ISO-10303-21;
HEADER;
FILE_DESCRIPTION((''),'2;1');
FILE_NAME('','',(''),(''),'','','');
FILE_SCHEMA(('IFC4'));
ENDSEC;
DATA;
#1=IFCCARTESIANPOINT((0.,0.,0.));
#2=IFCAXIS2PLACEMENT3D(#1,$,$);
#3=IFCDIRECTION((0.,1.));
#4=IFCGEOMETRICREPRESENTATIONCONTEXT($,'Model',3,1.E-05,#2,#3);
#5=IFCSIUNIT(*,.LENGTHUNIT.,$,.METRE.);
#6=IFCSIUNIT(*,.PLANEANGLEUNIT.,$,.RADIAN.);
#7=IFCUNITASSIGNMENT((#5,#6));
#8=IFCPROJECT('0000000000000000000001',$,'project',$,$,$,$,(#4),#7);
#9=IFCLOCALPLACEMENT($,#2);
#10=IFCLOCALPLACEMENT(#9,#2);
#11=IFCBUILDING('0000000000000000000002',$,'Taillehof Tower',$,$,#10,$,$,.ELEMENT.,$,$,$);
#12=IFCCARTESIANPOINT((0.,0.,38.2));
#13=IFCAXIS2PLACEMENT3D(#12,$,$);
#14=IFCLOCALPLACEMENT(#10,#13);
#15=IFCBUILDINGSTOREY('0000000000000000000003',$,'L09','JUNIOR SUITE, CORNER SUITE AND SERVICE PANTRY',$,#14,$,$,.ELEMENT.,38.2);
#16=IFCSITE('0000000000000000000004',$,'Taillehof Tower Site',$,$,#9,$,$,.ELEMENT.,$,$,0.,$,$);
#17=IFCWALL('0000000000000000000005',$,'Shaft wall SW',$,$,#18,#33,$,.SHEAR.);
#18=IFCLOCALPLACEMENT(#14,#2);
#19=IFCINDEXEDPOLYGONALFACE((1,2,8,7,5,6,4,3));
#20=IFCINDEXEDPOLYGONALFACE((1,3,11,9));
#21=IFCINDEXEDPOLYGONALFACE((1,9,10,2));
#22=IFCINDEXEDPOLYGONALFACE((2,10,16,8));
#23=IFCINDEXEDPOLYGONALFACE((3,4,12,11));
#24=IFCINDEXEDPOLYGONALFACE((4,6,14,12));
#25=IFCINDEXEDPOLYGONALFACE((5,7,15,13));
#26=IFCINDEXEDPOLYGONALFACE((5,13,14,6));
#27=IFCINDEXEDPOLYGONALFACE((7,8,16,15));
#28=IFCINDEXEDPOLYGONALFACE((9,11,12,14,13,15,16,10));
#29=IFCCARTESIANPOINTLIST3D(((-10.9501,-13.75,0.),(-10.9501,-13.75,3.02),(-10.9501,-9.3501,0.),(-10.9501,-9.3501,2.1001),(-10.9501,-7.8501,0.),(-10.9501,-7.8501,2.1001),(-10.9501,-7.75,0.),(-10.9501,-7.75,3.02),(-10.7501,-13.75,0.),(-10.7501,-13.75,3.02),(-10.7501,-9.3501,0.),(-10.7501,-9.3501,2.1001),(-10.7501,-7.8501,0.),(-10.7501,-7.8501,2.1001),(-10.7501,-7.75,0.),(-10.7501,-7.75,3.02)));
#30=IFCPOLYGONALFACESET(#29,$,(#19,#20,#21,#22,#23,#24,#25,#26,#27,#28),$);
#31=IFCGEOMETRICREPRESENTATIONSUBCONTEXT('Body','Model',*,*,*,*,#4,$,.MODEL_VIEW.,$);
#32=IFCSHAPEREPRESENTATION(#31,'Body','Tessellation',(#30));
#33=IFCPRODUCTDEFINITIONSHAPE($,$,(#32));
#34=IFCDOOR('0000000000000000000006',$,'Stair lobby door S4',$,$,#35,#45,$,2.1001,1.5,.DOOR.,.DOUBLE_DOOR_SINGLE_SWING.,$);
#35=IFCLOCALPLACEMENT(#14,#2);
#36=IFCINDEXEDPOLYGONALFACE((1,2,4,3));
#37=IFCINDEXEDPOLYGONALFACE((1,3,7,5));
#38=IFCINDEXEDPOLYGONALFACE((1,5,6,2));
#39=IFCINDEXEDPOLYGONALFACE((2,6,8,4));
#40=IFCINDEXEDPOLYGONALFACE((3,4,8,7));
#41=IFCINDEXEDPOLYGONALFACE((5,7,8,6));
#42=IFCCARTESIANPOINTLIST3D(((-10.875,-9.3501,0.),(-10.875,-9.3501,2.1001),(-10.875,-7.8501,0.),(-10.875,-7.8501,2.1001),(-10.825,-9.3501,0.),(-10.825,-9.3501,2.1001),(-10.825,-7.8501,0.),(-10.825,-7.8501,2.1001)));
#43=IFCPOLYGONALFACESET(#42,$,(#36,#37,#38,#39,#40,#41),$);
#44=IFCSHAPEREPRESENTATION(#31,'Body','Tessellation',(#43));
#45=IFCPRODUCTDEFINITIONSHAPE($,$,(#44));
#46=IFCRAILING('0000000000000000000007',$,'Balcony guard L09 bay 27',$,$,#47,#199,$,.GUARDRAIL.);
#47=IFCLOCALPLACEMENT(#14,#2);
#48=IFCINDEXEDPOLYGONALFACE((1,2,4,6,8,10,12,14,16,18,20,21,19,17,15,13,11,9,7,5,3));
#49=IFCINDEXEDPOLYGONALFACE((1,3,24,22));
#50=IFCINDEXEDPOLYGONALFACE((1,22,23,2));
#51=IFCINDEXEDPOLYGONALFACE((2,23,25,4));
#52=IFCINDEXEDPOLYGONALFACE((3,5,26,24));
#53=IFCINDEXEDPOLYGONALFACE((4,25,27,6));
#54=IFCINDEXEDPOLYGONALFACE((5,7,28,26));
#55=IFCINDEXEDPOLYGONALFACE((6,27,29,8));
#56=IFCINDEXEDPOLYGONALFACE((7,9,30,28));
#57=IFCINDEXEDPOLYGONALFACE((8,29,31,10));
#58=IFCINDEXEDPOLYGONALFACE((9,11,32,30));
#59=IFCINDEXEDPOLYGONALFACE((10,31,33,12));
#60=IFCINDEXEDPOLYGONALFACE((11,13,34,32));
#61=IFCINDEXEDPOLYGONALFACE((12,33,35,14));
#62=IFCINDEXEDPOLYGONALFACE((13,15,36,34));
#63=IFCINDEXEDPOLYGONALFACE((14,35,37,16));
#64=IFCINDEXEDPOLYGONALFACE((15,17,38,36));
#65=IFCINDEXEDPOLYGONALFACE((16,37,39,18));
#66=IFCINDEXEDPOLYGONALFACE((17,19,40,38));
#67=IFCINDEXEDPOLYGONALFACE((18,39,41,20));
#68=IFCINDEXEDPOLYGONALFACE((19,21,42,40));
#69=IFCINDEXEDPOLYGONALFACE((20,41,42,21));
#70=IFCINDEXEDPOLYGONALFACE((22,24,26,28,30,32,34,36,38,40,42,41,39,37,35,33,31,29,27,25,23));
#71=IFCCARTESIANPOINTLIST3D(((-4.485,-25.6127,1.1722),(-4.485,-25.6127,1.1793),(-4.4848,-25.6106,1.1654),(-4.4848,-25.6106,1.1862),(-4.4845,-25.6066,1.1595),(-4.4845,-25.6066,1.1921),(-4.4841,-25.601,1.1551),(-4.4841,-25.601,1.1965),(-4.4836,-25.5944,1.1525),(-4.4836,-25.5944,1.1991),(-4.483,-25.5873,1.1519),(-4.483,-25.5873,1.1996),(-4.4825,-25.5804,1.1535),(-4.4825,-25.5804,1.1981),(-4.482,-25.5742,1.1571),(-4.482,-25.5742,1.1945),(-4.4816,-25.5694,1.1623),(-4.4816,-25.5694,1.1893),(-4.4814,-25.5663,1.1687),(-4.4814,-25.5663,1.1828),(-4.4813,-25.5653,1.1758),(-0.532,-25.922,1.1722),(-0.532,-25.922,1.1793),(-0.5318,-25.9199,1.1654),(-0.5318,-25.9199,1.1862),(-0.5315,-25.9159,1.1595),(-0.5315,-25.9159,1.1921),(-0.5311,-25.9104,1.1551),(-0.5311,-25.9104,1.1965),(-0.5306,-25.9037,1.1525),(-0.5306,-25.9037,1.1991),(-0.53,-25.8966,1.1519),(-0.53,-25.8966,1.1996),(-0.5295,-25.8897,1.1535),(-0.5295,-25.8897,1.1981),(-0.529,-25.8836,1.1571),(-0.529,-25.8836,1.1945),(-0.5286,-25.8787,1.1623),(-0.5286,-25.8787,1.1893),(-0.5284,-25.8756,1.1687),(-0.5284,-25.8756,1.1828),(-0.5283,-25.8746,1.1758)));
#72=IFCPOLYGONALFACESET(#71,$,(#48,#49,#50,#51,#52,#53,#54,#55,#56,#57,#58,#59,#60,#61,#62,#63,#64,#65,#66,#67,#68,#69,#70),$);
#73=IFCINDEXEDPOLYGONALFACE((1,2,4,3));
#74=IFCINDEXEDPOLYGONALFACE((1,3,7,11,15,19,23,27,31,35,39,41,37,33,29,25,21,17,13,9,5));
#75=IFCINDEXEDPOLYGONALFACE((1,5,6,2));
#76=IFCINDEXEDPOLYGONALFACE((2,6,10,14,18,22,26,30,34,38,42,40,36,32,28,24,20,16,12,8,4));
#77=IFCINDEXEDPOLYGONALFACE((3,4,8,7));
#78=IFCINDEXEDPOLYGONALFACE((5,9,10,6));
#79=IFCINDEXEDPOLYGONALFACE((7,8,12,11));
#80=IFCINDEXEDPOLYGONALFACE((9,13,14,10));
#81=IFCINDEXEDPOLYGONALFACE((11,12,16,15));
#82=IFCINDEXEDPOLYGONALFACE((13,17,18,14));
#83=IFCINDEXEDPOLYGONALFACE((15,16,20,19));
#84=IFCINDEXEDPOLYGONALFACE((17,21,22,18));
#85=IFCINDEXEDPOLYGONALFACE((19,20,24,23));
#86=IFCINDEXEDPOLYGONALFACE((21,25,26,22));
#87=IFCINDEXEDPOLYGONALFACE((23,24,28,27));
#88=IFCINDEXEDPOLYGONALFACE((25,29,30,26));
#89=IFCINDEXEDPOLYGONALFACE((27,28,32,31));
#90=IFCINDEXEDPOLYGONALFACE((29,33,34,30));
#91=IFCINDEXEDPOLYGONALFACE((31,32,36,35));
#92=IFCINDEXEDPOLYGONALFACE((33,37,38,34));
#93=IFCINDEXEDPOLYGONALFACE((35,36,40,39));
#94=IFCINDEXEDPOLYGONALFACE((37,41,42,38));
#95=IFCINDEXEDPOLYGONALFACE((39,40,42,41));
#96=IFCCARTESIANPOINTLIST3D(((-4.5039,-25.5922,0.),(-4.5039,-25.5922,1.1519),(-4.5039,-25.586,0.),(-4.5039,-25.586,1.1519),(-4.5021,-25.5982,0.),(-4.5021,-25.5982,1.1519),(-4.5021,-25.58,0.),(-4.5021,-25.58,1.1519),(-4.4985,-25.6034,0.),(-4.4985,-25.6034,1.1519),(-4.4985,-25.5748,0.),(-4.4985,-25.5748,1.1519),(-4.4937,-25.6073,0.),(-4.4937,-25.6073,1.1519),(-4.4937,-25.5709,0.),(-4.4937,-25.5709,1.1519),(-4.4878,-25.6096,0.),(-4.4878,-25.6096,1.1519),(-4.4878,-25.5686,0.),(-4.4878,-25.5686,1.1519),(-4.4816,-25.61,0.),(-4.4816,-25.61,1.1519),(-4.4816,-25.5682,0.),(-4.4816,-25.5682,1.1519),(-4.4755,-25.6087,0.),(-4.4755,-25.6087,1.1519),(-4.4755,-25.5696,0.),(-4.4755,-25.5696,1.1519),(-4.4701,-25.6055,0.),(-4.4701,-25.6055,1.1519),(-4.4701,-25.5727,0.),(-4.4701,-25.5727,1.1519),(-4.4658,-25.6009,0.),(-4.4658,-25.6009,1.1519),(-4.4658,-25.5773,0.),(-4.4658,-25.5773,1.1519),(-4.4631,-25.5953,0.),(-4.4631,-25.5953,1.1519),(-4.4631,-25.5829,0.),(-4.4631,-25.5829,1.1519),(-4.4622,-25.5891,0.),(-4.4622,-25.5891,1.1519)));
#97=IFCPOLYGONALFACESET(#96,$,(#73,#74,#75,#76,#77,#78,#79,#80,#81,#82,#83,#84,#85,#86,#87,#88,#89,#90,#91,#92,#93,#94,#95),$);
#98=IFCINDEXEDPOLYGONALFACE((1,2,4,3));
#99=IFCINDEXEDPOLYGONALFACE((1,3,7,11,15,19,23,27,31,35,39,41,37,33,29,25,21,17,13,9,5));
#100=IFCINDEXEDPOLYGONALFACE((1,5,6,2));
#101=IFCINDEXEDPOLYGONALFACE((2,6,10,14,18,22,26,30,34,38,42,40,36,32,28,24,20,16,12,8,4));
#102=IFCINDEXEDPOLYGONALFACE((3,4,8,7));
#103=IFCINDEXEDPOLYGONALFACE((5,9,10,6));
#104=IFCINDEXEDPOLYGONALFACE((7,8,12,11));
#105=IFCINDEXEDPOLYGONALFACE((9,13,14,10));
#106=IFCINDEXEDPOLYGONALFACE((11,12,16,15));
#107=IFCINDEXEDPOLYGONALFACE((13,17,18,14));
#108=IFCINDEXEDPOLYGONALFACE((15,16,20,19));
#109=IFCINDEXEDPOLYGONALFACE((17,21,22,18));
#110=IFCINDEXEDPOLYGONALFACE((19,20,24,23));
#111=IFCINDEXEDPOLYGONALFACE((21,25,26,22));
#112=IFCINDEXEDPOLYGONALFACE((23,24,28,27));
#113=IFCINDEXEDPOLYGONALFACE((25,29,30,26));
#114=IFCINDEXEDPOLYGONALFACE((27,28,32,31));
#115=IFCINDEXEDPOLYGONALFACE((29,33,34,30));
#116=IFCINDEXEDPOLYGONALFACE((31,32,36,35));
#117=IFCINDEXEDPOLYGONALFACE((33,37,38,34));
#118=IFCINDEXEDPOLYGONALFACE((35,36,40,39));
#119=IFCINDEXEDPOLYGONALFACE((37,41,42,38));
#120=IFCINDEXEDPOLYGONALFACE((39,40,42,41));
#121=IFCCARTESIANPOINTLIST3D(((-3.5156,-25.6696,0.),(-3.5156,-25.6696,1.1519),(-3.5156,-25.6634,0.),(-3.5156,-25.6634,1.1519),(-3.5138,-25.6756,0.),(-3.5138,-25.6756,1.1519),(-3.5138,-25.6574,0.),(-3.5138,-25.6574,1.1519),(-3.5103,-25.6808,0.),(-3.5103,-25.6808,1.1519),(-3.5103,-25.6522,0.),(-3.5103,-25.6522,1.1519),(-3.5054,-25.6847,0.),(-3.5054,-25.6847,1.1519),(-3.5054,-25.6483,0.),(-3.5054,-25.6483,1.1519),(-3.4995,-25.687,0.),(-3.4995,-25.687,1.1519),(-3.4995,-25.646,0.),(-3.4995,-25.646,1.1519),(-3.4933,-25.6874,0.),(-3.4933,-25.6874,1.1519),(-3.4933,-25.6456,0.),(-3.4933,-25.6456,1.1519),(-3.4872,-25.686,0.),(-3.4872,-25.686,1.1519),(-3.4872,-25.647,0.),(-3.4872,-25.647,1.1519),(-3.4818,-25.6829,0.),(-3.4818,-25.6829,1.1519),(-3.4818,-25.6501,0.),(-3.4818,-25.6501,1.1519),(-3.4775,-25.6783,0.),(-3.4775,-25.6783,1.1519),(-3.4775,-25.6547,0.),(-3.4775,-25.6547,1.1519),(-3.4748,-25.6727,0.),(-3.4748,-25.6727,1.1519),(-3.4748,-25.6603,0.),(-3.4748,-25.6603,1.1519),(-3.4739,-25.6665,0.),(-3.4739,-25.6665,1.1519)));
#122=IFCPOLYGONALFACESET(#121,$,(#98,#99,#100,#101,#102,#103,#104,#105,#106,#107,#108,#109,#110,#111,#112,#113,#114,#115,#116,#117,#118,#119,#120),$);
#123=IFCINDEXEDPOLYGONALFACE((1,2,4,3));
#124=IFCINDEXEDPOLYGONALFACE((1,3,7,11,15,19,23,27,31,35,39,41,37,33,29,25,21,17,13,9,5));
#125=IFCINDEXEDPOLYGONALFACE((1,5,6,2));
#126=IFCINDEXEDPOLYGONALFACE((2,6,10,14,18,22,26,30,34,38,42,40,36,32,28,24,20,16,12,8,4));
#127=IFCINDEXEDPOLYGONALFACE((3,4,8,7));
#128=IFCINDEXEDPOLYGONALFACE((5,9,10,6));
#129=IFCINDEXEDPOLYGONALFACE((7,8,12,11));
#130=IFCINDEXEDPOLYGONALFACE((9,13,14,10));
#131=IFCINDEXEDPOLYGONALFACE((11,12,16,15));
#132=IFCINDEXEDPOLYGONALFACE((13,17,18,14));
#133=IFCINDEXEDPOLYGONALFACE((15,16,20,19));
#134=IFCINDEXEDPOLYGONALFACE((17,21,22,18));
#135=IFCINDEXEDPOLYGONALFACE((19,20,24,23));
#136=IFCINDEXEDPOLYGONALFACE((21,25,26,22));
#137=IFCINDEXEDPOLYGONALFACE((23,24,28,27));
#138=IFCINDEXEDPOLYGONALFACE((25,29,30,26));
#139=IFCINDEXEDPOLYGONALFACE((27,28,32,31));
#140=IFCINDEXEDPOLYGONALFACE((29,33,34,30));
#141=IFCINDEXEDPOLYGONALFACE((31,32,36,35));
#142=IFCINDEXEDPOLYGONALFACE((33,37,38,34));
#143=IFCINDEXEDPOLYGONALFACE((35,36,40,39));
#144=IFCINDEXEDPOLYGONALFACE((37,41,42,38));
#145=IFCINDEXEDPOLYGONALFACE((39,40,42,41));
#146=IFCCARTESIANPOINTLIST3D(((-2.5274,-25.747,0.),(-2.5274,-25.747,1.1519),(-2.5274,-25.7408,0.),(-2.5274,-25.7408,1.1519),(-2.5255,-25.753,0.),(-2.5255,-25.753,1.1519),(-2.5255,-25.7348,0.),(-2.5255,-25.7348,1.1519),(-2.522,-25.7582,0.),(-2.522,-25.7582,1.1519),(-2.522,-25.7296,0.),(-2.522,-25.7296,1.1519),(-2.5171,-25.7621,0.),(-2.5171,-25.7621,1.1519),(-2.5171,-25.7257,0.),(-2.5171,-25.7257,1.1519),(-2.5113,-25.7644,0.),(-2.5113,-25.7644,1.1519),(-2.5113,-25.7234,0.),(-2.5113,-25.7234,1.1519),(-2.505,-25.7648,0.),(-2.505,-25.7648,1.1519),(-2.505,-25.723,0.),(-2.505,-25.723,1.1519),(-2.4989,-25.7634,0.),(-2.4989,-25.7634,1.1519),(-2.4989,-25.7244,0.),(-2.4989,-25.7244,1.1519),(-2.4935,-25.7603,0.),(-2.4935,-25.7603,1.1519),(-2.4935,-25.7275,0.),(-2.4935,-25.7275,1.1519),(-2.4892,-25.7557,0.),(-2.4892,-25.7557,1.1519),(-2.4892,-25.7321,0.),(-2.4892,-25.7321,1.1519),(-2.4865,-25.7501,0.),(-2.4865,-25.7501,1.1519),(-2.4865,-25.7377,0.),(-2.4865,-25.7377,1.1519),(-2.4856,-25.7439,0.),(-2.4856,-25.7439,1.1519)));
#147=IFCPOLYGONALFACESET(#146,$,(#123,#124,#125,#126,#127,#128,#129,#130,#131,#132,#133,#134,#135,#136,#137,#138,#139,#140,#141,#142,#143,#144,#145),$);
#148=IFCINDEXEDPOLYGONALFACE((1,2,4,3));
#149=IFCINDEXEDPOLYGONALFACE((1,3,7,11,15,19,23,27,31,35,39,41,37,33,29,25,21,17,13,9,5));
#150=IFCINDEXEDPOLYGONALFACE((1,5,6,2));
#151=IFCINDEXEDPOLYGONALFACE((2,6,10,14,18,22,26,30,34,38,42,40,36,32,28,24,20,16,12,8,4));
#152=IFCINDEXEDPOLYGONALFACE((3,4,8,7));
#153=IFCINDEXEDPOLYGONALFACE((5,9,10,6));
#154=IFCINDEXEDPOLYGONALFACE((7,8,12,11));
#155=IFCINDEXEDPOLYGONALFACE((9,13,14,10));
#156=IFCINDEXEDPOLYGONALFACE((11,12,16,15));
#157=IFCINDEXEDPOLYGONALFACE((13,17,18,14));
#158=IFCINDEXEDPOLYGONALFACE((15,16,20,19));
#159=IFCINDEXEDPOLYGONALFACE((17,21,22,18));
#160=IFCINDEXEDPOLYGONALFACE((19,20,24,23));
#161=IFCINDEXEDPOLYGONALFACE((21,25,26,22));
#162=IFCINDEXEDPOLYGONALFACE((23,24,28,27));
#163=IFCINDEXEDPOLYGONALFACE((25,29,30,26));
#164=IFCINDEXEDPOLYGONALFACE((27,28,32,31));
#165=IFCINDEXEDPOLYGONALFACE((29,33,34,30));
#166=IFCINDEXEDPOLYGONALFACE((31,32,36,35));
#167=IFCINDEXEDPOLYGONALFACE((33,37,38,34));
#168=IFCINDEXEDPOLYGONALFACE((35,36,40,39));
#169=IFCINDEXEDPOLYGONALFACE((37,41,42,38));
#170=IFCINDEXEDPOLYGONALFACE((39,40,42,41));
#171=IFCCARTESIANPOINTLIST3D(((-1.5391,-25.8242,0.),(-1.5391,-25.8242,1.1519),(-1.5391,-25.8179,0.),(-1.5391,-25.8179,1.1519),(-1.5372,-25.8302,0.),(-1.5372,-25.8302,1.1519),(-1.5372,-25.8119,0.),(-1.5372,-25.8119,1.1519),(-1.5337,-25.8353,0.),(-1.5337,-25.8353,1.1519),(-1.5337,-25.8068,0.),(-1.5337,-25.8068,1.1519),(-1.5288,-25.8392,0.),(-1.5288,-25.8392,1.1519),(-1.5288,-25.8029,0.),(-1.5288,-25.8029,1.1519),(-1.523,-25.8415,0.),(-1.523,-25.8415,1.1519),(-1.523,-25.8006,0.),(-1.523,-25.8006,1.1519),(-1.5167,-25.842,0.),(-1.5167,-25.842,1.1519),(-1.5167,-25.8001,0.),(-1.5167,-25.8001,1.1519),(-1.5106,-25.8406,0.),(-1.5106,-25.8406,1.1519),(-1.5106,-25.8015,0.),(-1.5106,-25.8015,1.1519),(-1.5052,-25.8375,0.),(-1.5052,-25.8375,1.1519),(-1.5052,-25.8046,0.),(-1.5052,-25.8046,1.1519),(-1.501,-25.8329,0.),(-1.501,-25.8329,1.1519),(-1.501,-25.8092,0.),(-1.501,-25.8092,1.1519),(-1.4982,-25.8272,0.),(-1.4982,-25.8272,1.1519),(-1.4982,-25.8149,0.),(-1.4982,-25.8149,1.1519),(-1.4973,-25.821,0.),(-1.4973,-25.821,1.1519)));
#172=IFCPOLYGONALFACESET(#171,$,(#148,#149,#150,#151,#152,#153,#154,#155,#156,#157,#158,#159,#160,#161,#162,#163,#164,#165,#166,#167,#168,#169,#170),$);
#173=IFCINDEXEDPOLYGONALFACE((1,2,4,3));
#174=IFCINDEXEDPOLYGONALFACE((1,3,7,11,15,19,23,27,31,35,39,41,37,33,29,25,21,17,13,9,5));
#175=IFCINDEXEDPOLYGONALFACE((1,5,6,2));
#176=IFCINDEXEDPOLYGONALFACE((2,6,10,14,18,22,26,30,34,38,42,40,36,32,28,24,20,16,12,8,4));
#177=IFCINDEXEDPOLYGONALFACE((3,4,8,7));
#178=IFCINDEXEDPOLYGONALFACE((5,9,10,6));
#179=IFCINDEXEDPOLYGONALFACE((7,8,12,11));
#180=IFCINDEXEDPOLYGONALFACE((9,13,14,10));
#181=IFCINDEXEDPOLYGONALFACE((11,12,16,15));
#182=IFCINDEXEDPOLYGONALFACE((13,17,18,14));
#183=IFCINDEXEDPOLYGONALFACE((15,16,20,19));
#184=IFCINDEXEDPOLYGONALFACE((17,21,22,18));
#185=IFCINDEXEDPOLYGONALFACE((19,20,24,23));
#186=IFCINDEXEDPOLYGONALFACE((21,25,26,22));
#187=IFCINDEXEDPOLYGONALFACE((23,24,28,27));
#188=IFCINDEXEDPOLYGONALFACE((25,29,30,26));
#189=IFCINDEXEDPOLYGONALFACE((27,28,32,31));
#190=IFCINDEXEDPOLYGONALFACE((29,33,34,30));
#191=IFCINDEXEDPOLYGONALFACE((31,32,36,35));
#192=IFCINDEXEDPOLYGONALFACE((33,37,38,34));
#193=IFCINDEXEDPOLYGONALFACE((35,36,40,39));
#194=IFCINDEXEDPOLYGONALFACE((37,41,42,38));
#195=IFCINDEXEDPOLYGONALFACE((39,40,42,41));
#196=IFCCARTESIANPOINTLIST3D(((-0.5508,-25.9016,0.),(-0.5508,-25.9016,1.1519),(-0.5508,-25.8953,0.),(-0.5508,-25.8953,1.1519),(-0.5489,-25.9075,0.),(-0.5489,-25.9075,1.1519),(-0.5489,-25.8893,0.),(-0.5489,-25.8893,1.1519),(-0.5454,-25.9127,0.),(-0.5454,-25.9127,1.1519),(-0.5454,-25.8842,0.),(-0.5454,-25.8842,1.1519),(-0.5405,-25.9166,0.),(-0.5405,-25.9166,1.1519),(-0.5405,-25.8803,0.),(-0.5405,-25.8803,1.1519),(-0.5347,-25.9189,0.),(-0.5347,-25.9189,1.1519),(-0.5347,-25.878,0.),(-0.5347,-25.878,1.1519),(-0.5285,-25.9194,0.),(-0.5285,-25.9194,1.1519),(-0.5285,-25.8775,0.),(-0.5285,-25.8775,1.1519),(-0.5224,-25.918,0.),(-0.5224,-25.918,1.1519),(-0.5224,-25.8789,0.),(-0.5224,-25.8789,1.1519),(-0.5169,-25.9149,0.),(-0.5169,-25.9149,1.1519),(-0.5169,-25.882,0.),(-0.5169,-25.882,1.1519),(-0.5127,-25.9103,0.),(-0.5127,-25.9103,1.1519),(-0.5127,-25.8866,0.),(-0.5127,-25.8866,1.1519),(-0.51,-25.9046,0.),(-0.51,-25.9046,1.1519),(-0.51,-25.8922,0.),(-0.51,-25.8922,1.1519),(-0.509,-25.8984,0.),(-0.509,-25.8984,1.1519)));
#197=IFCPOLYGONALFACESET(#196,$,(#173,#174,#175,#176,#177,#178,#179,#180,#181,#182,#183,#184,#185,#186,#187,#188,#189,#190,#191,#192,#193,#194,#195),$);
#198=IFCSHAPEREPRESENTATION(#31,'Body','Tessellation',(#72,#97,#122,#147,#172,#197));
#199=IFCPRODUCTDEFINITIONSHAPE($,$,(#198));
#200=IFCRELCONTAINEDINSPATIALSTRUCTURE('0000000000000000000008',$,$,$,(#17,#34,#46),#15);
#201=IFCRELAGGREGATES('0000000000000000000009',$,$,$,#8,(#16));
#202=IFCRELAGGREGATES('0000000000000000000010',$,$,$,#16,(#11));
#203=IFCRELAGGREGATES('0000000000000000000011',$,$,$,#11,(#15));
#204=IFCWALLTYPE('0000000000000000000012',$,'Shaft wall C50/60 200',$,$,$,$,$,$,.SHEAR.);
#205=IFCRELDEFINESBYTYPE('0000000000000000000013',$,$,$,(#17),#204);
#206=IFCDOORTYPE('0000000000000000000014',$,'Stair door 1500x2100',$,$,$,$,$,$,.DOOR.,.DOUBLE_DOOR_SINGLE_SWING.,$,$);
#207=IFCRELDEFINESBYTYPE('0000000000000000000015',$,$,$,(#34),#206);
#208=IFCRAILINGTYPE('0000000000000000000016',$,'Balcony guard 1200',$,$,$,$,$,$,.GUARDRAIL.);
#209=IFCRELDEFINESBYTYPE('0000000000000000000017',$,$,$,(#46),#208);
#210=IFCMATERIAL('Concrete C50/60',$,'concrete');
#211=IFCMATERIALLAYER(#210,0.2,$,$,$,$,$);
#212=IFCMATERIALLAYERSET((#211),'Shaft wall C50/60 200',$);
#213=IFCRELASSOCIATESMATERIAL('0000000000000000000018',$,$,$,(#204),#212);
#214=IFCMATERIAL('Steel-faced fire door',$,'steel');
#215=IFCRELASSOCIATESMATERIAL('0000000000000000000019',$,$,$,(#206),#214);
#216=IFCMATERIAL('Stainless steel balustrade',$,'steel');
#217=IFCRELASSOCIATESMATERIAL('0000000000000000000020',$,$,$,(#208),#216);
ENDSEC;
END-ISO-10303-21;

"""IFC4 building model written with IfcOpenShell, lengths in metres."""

from ifc_helpers import new_model, si_unit, direction, frame, frame_2d, origin, origin_2d, place, context, subcontext, project, spatial, rectangle, circle, extrude, material, layer, layer_set, type_object, element, fill, save


model = new_model("IFC4")

# Units and contexts
model_context = context("Model", 3, precision=1e-05, world=origin(), true_north=direction((0.0, 1.0)))
body_context = subcontext(model_context, "Body", "Model", "MODEL_VIEW")
ifc_project = project(units=[si_unit("LENGTHUNIT", "METRE"), si_unit("PLANEANGLEUNIT", "RADIAN")], contexts=[model_context])

# Site, building, storey
site_placement = place(None, origin())
site = spatial("IfcSite", under=ifc_project, at=site_placement, Name="Taillehof Tower Site", CompositionType="ELEMENT", RefElevation=0.0)
building_placement = place(site_placement, origin())
building = spatial("IfcBuilding", under=site, at=building_placement, Name="Taillehof Tower", CompositionType="ELEMENT")
storey_placement = place(building_placement, frame((0.0, 0.0, 38.2)))
storey = spatial("IfcBuildingStorey", under=building, at=storey_placement, Name="L09", Description="JUNIOR SUITE, CORNER SUITE AND SERVICE PANTRY", CompositionType="ELEMENT", Elevation=38.2)

# Wall, opening, door
ifc_material_1 = material(Name="Concrete C50/60", Category="concrete")
ifc_layer_1 = layer(ifc_material_1, 0.2)
ifc_layer_set_1 = layer_set([ifc_layer_1], Name="Shaft wall C50/60 200")
wall_type_1 = type_object("IfcWallType", Name="Shaft wall C50/60 200", PredefinedType="SHEAR", material=ifc_layer_set_1)
wall_1_placement = place(storey_placement, frame((-10.8501, -13.75, 0.0), z_axis=(0.0, 0.0, 1.0), x_axis=(0.0, 1.0, 0.0)))
wall_1 = element("IfcWall", 1, at=wall_1_placement, inside=storey, type_object=wall_type_1, Name="Shaft wall SW", PredefinedType="SHEAR", context=body_context, shape_type="SweptSolid", body=[
    extrude(rectangle(XDim=6.0, YDim=0.2, at=frame_2d((3.0, 0.0))), origin(), (0.0, 0.0, 1.0), 3.02),
])
opening_1_placement = place(wall_1_placement, frame((4.3999, 0.0, 0.0)))
opening_1 = element("IfcOpeningElement", 2, at=opening_1_placement, cuts=wall_1, PredefinedType="OPENING", context=body_context, shape_type="SweptSolid", body=[
    extrude(rectangle(XDim=1.5, YDim=2.1001, at=frame_2d((0.75, 1.05))), frame((0.0, 0.1099, 0.0), z_axis=(0.0, -1.0, 0.0), x_axis=(1.0, 0.0, 0.0)), (0.0, 0.0, 1.0), 0.22),
])
ifc_material_2 = material(Name="Steel-faced fire door", Category="steel")
door_type_1 = type_object("IfcDoorType", Name="Stair door 1500x2100", OperationType="DOUBLE_DOOR_SINGLE_SWING", PredefinedType="DOOR", material=ifc_material_2)
door_1_placement = place(opening_1_placement, origin())
door_1 = element("IfcDoor", 3, at=door_1_placement, inside=storey, type_object=door_type_1, Name="Stair lobby door S4", OperationType="DOUBLE_DOOR_SINGLE_SWING", OverallHeight=2.1001, OverallWidth=1.5, PredefinedType="DOOR", context=body_context, shape_type="SweptSolid", body=[
    extrude(rectangle(XDim=1.5, YDim=2.1001, at=frame_2d((0.75, 1.05))), frame((0.0, 0.0249, 0.0), z_axis=(0.0, -1.0, 0.0), x_axis=(1.0, 0.0, 0.0)), (0.0, 0.0, 1.0), 0.05),
])
fill(opening_1, door_1)

# Railing
ifc_material_3 = material(Name="Stainless steel balustrade", Category="steel")
railing_type = type_object("IfcRailingType", Name="Balcony guard 1200", PredefinedType="GUARDRAIL", material=ifc_material_3)
railing_placement = place(storey_placement, frame((-4.4832, -25.5891, 0.0)))
element("IfcRailing", 4, at=railing_placement, inside=storey, type_object=railing_type, Name="Balcony guard L09 bay 27", PredefinedType="GUARDRAIL", context=body_context, shape_type="SweptSolid", body=[
    extrude(circle(Radius=0.0239, at=origin_2d()), frame((0.0, 0.0, 1.1758), z_axis=(0.996953, -0.07801, 0.0), x_axis=(0.07801, 0.996953, 0.0)), (0.0, 0.0, 1.0), 3.9651),
    extrude(circle(Radius=0.021, at=origin_2d()), origin(), (0.0, 0.0, 1.0), 1.1519),
    extrude(circle(Radius=0.021, at=origin_2d()), frame((0.9883, -0.0774, 0.0)), (0.0, 0.0, 1.0), 1.1519),
    extrude(circle(Radius=0.021, at=origin_2d()), frame((1.9766, -0.1548, 0.0)), (0.0, 0.0, 1.0), 1.1519),
    extrude(circle(Radius=0.021, at=origin_2d()), frame((2.9648, -0.2319, 0.0)), (0.0, 0.0, 1.0), 1.1519),
    extrude(circle(Radius=0.021, at=origin_2d()), frame((3.9531, -0.3093, 0.0)), (0.0, 0.0, 1.0), 1.1519),
])

save(model, "model.ifc")
